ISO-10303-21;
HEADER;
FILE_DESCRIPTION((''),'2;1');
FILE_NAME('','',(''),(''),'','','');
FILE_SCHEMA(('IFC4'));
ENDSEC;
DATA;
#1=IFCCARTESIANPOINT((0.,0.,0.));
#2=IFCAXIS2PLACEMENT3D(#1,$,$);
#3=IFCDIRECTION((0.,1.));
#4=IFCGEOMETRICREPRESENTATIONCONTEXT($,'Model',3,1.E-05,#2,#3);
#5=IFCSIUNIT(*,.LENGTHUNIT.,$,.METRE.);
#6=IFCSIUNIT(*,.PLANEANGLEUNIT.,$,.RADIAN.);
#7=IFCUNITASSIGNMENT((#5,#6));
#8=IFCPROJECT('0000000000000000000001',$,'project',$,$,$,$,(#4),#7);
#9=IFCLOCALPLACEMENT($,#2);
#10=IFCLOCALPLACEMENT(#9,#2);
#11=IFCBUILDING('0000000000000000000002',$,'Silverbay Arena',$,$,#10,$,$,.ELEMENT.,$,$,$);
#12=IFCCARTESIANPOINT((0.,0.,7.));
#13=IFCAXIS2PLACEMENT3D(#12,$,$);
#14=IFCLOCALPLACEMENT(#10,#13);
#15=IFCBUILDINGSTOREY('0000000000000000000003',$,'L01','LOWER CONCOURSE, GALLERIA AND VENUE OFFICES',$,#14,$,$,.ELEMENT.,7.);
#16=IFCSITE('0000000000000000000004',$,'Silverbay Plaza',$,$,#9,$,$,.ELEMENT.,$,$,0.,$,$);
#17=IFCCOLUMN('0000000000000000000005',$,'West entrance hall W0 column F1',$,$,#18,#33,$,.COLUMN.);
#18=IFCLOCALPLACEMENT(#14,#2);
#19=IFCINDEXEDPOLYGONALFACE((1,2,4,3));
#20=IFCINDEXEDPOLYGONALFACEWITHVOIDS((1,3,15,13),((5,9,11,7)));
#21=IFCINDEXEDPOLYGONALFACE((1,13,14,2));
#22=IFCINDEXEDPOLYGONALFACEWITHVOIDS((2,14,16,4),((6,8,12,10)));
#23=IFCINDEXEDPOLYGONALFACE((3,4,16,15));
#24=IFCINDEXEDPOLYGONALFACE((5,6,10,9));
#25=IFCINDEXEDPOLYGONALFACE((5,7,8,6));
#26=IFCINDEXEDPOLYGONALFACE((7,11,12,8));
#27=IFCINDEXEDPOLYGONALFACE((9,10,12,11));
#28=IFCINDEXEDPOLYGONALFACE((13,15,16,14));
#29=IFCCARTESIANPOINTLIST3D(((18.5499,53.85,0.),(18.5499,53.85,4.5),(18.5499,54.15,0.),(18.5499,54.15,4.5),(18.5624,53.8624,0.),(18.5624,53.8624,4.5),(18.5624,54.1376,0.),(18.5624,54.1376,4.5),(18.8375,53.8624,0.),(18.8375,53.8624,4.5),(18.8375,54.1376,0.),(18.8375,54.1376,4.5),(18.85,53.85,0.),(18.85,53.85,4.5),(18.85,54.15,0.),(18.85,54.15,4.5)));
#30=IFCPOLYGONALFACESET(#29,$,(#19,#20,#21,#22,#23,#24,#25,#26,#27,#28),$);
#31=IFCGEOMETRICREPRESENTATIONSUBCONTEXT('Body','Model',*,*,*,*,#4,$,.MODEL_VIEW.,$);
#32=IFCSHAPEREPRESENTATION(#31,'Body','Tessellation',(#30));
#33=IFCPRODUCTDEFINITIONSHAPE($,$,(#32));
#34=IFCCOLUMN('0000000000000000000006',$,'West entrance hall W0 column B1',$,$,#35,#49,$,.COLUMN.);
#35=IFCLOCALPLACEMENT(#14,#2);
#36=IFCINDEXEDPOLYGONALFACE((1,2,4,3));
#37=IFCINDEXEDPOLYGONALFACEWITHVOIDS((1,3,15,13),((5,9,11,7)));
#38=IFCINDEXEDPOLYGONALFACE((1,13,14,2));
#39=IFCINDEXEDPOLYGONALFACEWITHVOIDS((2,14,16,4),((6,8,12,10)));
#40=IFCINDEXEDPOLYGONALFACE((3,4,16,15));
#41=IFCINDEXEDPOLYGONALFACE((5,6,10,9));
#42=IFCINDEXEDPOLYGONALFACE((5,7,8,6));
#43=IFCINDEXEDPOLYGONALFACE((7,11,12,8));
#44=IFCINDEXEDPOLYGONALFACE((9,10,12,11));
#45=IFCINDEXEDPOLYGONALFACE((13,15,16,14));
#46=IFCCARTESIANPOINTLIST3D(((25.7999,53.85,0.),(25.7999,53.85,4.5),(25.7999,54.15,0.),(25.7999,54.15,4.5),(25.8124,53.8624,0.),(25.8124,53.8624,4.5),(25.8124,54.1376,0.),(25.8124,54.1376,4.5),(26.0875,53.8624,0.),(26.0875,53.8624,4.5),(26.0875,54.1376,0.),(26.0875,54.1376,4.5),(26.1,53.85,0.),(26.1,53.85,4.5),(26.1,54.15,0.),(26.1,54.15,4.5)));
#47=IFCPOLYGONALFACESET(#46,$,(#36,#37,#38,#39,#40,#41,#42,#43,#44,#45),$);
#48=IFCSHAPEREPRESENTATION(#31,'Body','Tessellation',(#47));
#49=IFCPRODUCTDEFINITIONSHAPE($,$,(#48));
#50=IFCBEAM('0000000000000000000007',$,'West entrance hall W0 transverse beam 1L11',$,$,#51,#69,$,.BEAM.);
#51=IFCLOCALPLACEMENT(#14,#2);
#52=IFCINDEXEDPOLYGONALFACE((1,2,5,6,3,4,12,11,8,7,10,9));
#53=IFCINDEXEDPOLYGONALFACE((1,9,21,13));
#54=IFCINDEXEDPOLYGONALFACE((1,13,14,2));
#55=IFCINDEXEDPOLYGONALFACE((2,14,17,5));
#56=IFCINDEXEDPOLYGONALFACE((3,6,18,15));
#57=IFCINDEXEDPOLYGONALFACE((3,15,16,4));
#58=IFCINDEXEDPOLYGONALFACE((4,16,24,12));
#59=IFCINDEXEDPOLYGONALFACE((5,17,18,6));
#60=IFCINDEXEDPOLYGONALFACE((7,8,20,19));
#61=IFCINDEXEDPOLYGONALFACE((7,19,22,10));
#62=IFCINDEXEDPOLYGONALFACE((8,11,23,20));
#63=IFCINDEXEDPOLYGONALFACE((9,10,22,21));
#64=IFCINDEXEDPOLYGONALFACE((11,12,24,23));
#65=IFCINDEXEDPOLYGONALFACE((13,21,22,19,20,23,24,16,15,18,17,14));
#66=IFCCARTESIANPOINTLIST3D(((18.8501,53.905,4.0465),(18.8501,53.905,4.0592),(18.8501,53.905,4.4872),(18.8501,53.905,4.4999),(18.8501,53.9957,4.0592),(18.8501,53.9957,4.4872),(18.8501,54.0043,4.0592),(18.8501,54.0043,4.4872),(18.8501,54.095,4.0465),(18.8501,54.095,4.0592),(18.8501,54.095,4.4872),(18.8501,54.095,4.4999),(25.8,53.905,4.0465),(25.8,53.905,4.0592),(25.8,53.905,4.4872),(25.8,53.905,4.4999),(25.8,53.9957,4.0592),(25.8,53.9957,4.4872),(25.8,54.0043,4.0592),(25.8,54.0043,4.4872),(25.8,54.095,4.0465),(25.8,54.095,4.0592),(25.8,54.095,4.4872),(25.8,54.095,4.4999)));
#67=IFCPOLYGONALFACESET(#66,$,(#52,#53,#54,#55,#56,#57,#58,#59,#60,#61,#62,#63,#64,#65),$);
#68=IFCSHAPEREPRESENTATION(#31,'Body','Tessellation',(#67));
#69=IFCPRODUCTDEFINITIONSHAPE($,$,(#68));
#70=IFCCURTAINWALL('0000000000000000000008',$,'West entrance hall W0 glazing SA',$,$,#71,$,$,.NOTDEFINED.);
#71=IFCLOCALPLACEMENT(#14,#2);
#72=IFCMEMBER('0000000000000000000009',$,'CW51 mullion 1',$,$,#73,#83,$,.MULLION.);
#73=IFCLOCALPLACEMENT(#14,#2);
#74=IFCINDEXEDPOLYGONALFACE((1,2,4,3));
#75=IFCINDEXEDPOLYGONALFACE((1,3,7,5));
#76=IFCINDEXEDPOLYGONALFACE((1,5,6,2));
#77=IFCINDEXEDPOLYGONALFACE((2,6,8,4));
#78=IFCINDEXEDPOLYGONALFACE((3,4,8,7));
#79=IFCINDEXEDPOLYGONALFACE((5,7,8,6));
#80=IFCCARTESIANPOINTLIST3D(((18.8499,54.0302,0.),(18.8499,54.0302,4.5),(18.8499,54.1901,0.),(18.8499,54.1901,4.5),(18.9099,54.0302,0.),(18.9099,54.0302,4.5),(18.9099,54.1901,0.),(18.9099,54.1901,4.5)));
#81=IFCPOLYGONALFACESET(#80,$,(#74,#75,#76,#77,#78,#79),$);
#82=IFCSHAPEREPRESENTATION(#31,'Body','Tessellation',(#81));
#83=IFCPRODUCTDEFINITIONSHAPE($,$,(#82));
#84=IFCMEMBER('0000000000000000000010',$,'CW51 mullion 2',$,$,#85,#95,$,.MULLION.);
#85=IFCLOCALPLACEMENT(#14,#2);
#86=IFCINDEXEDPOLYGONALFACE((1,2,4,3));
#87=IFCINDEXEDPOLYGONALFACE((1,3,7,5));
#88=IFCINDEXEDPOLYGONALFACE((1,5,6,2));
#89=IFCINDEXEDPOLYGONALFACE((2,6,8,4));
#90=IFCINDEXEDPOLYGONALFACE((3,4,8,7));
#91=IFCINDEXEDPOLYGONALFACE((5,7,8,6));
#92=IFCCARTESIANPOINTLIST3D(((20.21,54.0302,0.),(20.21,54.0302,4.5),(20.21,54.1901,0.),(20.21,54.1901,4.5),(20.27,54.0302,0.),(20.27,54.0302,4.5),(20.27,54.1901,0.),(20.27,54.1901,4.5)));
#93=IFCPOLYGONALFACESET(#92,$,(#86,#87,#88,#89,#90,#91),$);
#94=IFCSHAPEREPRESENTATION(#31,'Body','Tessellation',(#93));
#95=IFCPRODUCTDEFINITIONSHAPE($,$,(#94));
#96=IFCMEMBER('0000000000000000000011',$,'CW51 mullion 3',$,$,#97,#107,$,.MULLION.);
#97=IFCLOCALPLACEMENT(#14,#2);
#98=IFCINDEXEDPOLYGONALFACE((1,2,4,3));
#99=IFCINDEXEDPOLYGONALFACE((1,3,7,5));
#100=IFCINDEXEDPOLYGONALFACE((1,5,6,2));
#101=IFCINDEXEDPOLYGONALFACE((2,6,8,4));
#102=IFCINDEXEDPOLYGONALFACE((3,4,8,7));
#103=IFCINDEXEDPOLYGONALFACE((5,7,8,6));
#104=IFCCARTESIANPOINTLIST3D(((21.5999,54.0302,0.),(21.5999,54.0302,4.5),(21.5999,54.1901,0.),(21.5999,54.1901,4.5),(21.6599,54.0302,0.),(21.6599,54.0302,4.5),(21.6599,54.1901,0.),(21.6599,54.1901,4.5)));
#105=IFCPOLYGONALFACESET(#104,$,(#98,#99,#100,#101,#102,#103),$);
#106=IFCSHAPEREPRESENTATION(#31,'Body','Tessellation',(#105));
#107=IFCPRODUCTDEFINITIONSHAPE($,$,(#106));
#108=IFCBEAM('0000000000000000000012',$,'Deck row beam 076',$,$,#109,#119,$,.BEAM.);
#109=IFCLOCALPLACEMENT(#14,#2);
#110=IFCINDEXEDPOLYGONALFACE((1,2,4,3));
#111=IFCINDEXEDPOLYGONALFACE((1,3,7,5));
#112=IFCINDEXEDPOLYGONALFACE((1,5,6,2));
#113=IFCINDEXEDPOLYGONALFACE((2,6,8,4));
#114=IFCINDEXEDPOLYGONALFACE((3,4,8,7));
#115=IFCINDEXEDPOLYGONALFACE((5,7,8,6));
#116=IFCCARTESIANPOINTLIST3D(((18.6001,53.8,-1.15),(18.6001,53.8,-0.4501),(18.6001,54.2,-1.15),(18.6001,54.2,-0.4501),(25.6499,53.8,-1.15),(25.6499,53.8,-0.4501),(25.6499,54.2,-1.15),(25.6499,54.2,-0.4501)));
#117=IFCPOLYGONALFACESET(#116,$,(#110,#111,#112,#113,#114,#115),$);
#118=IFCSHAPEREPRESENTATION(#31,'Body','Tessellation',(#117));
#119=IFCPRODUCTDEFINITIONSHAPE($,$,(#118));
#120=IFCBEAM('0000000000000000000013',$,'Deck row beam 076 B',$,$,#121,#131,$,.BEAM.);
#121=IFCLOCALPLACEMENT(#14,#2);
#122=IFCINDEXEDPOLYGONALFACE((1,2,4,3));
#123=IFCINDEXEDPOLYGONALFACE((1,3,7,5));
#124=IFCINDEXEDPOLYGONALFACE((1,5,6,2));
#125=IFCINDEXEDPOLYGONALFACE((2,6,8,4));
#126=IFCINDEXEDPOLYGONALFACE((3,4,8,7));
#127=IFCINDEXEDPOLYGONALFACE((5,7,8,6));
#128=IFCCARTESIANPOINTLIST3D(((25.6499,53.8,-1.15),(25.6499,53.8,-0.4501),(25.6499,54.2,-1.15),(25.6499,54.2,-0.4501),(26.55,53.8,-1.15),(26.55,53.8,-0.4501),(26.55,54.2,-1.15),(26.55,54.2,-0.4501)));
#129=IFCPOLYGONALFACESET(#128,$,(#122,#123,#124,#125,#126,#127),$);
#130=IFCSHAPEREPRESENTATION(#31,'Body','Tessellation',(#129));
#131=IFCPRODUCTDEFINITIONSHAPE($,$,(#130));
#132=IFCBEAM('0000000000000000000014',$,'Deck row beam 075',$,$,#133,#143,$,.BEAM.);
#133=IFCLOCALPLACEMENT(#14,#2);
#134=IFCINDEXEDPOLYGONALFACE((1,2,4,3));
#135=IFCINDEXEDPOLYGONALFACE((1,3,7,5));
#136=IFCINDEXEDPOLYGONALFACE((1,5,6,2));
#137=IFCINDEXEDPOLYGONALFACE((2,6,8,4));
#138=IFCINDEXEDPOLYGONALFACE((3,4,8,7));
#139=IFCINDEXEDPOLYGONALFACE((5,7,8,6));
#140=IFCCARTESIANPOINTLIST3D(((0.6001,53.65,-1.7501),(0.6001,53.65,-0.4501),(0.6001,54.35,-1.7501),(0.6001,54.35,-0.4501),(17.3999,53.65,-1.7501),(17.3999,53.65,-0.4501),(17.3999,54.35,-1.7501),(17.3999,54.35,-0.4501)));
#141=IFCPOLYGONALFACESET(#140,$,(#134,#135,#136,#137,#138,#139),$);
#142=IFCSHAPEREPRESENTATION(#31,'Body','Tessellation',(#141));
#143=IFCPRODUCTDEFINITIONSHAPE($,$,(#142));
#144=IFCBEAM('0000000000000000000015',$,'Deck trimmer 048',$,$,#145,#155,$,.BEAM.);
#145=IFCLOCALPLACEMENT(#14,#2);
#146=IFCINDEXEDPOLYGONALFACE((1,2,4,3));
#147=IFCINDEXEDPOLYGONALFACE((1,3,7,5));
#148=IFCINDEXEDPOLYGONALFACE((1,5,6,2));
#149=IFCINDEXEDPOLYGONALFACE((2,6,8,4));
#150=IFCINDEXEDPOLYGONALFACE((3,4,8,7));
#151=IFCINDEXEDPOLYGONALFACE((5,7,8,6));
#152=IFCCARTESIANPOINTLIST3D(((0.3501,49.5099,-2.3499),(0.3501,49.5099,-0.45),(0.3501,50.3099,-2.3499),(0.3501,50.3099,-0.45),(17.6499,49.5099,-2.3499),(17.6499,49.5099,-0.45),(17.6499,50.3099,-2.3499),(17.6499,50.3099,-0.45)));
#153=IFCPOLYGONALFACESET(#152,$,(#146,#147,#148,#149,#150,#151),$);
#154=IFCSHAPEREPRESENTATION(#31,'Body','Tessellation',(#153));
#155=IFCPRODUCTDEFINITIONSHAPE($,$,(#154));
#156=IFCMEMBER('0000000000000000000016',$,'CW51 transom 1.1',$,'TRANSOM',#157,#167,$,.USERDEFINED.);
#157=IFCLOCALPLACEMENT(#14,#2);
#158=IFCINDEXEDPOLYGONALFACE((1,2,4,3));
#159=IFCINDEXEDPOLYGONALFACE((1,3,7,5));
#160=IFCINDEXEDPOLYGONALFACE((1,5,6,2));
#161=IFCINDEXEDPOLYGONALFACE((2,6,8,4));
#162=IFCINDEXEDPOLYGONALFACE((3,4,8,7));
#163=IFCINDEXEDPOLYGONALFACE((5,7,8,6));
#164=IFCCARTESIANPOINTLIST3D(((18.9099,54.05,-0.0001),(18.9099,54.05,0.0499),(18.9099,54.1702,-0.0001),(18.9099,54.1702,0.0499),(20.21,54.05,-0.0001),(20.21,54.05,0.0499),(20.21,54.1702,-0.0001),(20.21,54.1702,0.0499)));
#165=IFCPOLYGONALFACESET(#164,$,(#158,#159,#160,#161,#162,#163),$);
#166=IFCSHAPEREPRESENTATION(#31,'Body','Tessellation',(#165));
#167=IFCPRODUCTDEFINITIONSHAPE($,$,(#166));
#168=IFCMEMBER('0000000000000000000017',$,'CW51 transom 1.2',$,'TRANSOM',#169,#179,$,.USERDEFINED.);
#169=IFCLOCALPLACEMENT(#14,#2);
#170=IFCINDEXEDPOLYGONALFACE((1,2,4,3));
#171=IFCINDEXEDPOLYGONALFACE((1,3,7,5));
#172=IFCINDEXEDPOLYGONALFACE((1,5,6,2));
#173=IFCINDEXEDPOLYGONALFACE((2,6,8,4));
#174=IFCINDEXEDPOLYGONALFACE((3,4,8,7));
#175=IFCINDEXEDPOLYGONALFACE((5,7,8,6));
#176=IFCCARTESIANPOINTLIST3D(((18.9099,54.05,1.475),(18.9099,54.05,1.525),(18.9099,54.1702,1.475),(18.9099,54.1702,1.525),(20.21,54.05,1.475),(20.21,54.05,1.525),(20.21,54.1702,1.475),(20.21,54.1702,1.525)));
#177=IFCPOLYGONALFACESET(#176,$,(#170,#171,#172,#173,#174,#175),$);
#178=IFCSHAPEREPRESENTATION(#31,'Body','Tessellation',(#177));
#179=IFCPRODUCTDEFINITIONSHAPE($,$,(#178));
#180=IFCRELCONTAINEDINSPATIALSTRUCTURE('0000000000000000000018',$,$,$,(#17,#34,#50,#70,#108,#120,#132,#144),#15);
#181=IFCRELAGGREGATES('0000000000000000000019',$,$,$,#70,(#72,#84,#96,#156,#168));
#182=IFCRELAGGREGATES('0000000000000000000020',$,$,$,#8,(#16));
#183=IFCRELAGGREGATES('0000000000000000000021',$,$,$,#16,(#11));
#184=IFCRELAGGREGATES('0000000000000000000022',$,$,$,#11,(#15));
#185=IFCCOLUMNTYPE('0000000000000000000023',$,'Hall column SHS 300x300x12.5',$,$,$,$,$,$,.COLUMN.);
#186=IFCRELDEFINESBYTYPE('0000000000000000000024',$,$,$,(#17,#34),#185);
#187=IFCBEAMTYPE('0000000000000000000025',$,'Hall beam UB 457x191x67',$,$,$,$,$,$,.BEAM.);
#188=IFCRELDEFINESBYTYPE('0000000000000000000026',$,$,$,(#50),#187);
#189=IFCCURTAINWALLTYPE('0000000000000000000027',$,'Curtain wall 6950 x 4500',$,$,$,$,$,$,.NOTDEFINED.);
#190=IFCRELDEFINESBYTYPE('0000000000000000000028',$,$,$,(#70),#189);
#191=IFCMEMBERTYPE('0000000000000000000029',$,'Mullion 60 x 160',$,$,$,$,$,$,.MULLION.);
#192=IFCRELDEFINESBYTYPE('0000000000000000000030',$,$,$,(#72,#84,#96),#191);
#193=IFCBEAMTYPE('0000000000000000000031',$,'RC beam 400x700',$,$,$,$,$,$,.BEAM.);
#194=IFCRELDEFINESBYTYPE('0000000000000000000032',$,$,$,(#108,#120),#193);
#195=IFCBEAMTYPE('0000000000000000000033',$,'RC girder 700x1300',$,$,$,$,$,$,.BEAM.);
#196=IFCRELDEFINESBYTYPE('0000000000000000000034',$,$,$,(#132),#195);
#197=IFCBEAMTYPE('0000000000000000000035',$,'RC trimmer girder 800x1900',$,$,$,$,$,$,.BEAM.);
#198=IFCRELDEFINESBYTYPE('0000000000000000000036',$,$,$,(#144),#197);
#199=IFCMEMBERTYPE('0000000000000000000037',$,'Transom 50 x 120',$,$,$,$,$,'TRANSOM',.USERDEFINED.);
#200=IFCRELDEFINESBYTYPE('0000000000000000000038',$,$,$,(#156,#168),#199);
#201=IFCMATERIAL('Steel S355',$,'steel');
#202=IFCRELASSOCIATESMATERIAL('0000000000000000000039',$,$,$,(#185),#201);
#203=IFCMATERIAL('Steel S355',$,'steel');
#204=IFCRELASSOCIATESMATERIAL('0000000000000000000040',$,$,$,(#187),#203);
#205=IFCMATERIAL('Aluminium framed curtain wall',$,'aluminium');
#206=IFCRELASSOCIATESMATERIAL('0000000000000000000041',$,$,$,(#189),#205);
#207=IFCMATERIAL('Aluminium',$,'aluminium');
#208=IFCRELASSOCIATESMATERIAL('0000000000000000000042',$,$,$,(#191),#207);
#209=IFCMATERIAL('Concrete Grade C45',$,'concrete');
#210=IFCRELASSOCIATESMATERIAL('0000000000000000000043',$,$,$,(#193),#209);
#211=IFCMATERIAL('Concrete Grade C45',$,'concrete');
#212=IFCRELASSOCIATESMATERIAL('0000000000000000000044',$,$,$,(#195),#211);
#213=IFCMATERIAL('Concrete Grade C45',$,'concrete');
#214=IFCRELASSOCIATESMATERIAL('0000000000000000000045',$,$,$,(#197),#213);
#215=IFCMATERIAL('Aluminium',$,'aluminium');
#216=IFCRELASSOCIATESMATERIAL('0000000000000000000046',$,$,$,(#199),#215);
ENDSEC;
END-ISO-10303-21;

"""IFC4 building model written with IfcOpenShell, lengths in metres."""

from ifc_helpers import new_model, si_unit, direction, frame, origin, origin_2d, place, context, subcontext, project, spatial, rectangle, hollow_rectangle, i_section, extrude, material, material_profile, profile_set, type_object, element, aggregate, save


model = new_model("IFC4")

# Units and contexts
model_context = context("Model", 3, precision=1e-05, world=origin(), true_north=direction((0.0, 1.0)))
body_context = subcontext(model_context, "Body", "Model", "MODEL_VIEW")
ifc_project = project(units=[si_unit("LENGTHUNIT", "METRE"), si_unit("PLANEANGLEUNIT", "RADIAN")], contexts=[model_context])

# Site, building, storey
site_placement = place(None, origin())
site = spatial("IfcSite", under=ifc_project, at=site_placement, Name="Silverbay Plaza", CompositionType="ELEMENT", RefElevation=0.0)
building_placement = place(site_placement, origin())
building = spatial("IfcBuilding", under=site, at=building_placement, Name="Silverbay Arena", CompositionType="ELEMENT")
storey_placement = place(building_placement, frame((0.0, 0.0, 7.0)))
storey = spatial("IfcBuildingStorey", under=building, at=storey_placement, Name="L01", Description="LOWER CONCOURSE, GALLERIA AND VENUE OFFICES", CompositionType="ELEMENT", Elevation=7.0)

# Columns
ifc_material_1 = material(Name="Steel S355", Category="steel")
ifc_material_profile_1 = material_profile(ifc_material_1, hollow_rectangle(XDim=0.3, YDim=0.3, WallThickness=0.0125, at=origin_2d()), Name="SHS 300x300x12.5")
ifc_profile_set_1 = profile_set([ifc_material_profile_1], Name="Steel S355")
column_type = type_object("IfcColumnType", Name="Hall column SHS 300x300x12.5", PredefinedType="COLUMN", material=ifc_profile_set_1)
for number, where, z_axis, x_axis, name in (
    (1, (18.7, 54.0, 0.0), (0.0, 0.0, 1.0), (1.0, 0.0, 0.0), "West entrance hall W0 column F1"),
    (2, (25.95, 54.0, 0.0), (0.0, 0.0, 1.0), (1.0, 0.0, 0.0), "West entrance hall W0 column B1"),
):
    element("IfcColumn", number, at=place(storey_placement, frame(where, z_axis=z_axis, x_axis=x_axis)), inside=storey, type_object=column_type, Name=name, PredefinedType="COLUMN", context=body_context, shape_type="SweptSolid", body=[
        extrude(hollow_rectangle(XDim=0.3, YDim=0.3, WallThickness=0.0125, at=origin_2d()), origin(), (0.0, 0.0, 1.0), 4.5),
    ])

# Beam
ifc_material_2 = material(Name="Steel S355", Category="steel")
ifc_material_profile_2 = material_profile(ifc_material_2, i_section(OverallWidth=0.1899, OverallDepth=0.4534, WebThickness=0.0085, FlangeThickness=0.0127, at=origin_2d()), Name="UB 457x191x67")
ifc_profile_set_2 = profile_set([ifc_material_profile_2], Name="Steel S355")
beam_type_1 = type_object("IfcBeamType", Name="Hall beam UB 457x191x67", PredefinedType="BEAM", material=ifc_profile_set_2)
beam_1_placement = place(storey_placement, frame((25.8, 54.0, 4.2732), z_axis=(-1.0, 0.0, 0.0), x_axis=(0.0, -1.0, 0.0)))
element("IfcBeam", 3, at=beam_1_placement, inside=storey, type_object=beam_type_1, Name="West entrance hall W0 transverse beam 1L11", PredefinedType="BEAM", context=body_context, shape_type="SweptSolid", body=[
    extrude(i_section(OverallWidth=0.1899, OverallDepth=0.4534, WebThickness=0.0085, FlangeThickness=0.0127, at=origin_2d()), origin(), (0.0, 0.0, 1.0), 6.95),
])

# Curtain wall, members
ifc_material_3 = material(Name="Aluminium framed curtain wall", Category="aluminium")
curtain_wall_type = type_object("IfcCurtainWallType", Name="Curtain wall 6950 x 4500", PredefinedType="NOTDEFINED", material=ifc_material_3)
curtain_wall_placement = place(storey_placement, origin())
curtain_wall = element("IfcCurtainWall", 4, at=curtain_wall_placement, inside=storey, type_object=curtain_wall_type, Name="West entrance hall W0 glazing SA", PredefinedType="NOTDEFINED")
ifc_material_4 = material(Name="Aluminium", Category="aluminium")
ifc_material_profile_3 = material_profile(ifc_material_4, rectangle(XDim=0.1599, YDim=0.0601, at=origin_2d()), Name="Mullion 60 x 160")
ifc_profile_set_3 = profile_set([ifc_material_profile_3], Name="Aluminium")
member_type_1 = type_object("IfcMemberType", Name="Mullion 60 x 160", PredefinedType="MULLION", material=ifc_profile_set_3)
member_1_placement = place(storey_placement, frame((18.8799, 54.1101, 0.0), z_axis=(0.0, 0.0, 1.0), x_axis=(0.0, 1.0, 0.0)))
member_1 = element("IfcMember", 5, at=member_1_placement, type_object=member_type_1, Name="CW51 mullion 1", PredefinedType="MULLION", context=body_context, shape_type="SweptSolid", body=[
    extrude(rectangle(XDim=0.1599, YDim=0.0601, at=origin_2d()), origin(), (0.0, 0.0, 1.0), 4.5),
])
member_2_placement = place(storey_placement, frame((20.24, 54.1101, 0.0), z_axis=(0.0, 0.0, 1.0), x_axis=(0.0, 1.0, 0.0)))
member_2 = element("IfcMember", 6, at=member_2_placement, type_object=member_type_1, Name="CW51 mullion 2", PredefinedType="MULLION", context=body_context, shape_type="SweptSolid", body=[
    extrude(rectangle(XDim=0.1599, YDim=0.0601, at=origin_2d()), origin(), (0.0, 0.0, 1.0), 4.5),
])
member_3_placement = place(storey_placement, frame((21.6299, 54.1101, 0.0), z_axis=(0.0, 0.0, 1.0), x_axis=(0.0, 1.0, 0.0)))
member_3 = element("IfcMember", 7, at=member_3_placement, type_object=member_type_1, Name="CW51 mullion 3", PredefinedType="MULLION", context=body_context, shape_type="SweptSolid", body=[
    extrude(rectangle(XDim=0.1599, YDim=0.0601, at=origin_2d()), origin(), (0.0, 0.0, 1.0), 4.5),
])

# Beams
ifc_material_5 = material(Name="Concrete Grade C45", Category="concrete")
ifc_material_profile_4 = material_profile(ifc_material_5, rectangle(XDim=0.3999, YDim=0.7, at=origin_2d()), Name="RC 400x700")
ifc_profile_set_4 = profile_set([ifc_material_profile_4], Name="Concrete Grade C45")
beam_type_2 = type_object("IfcBeamType", Name="RC beam 400x700", PredefinedType="BEAM", material=ifc_profile_set_4)
beam_2_placement = place(storey_placement, frame((18.6001, 54.0, -0.8), z_axis=(1.0, 0.0, 0.0), x_axis=(0.0, 1.0, 0.0)))
element("IfcBeam", 8, at=beam_2_placement, inside=storey, type_object=beam_type_2, Name="Deck row beam 076", PredefinedType="BEAM", context=body_context, shape_type="SweptSolid", body=[
    extrude(rectangle(XDim=0.3999, YDim=0.7, at=origin_2d()), origin(), (0.0, 0.0, 1.0), 7.0498),
])
beam_3_placement = place(storey_placement, frame((25.6499, 54.0, -0.8), z_axis=(1.0, 0.0, 0.0), x_axis=(0.0, 1.0, 0.0)))
element("IfcBeam", 9, at=beam_3_placement, inside=storey, type_object=beam_type_2, Name="Deck row beam 076 B", PredefinedType="BEAM", context=body_context, shape_type="SweptSolid", body=[
    extrude(rectangle(XDim=0.3999, YDim=0.7, at=origin_2d()), origin(), (0.0, 0.0, 1.0), 0.9001),
])
ifc_material_6 = material(Name="Concrete Grade C45", Category="concrete")
ifc_material_profile_5 = material_profile(ifc_material_6, rectangle(XDim=0.7, YDim=1.3, at=origin_2d()), Name="RC 700x1300")
ifc_profile_set_5 = profile_set([ifc_material_profile_5], Name="Concrete Grade C45")
beam_type_3 = type_object("IfcBeamType", Name="RC girder 700x1300", PredefinedType="BEAM", material=ifc_profile_set_5)
beam_4_placement = place(storey_placement, frame((0.6001, 54.0, -1.1001), z_axis=(1.0, 0.0, 0.0), x_axis=(0.0, 1.0, 0.0)))
element("IfcBeam", 10, at=beam_4_placement, inside=storey, type_object=beam_type_3, Name="Deck row beam 075", PredefinedType="BEAM", context=body_context, shape_type="SweptSolid", body=[
    extrude(rectangle(XDim=0.7, YDim=1.3, at=origin_2d()), origin(), (0.0, 0.0, 1.0), 16.7998),
])
ifc_material_7 = material(Name="Concrete Grade C45", Category="concrete")
ifc_material_profile_6 = material_profile(ifc_material_7, rectangle(XDim=0.8, YDim=1.8999, at=origin_2d()), Name="RC 800x1900")
ifc_profile_set_6 = profile_set([ifc_material_profile_6], Name="Concrete Grade C45")
beam_type_4 = type_object("IfcBeamType", Name="RC trimmer girder 800x1900", PredefinedType="BEAM", material=ifc_profile_set_6)
beam_5_placement = place(storey_placement, frame((0.3501, 49.9099, -1.3999), z_axis=(1.0, 0.0, 0.0), x_axis=(0.0, 1.0, 0.0)))
element("IfcBeam", 11, at=beam_5_placement, inside=storey, type_object=beam_type_4, Name="Deck trimmer 048", PredefinedType="BEAM", context=body_context, shape_type="SweptSolid", body=[
    extrude(rectangle(XDim=0.8, YDim=1.8999, at=origin_2d()), origin(), (0.0, 0.0, 1.0), 17.2998),
])

# Members
ifc_material_8 = material(Name="Aluminium", Category="aluminium")
ifc_material_profile_7 = material_profile(ifc_material_8, rectangle(XDim=0.1201, YDim=0.05, at=origin_2d()), Name="Transom 50 x 120")
ifc_profile_set_7 = profile_set([ifc_material_profile_7], Name="Aluminium")
member_type_2 = type_object("IfcMemberType", Name="Transom 50 x 120", ElementType="TRANSOM", PredefinedType="USERDEFINED", material=ifc_profile_set_7)
member_4_placement = place(storey_placement, frame((18.9099, 54.1101, 0.0249), z_axis=(1.0, 0.0, 0.0), x_axis=(0.0, 1.0, 0.0)))
member_4 = element("IfcMember", 12, at=member_4_placement, type_object=member_type_2, Name="CW51 transom 1.1", ObjectType="TRANSOM", PredefinedType="USERDEFINED", context=body_context, shape_type="SweptSolid", body=[
    extrude(rectangle(XDim=0.1201, YDim=0.05, at=origin_2d()), origin(), (0.0, 0.0, 1.0), 1.3),
])
member_5_placement = place(storey_placement, frame((18.9099, 54.1101, 1.5), z_axis=(1.0, 0.0, 0.0), x_axis=(0.0, 1.0, 0.0)))
member_5 = element("IfcMember", 13, at=member_5_placement, type_object=member_type_2, Name="CW51 transom 1.2", ObjectType="TRANSOM", PredefinedType="USERDEFINED", context=body_context, shape_type="SweptSolid", body=[
    extrude(rectangle(XDim=0.1201, YDim=0.05, at=origin_2d()), origin(), (0.0, 0.0, 1.0), 1.3),
])

aggregate(curtain_wall, [member_1, member_2, member_3, member_4, member_5])

save(model, "model.ifc")
